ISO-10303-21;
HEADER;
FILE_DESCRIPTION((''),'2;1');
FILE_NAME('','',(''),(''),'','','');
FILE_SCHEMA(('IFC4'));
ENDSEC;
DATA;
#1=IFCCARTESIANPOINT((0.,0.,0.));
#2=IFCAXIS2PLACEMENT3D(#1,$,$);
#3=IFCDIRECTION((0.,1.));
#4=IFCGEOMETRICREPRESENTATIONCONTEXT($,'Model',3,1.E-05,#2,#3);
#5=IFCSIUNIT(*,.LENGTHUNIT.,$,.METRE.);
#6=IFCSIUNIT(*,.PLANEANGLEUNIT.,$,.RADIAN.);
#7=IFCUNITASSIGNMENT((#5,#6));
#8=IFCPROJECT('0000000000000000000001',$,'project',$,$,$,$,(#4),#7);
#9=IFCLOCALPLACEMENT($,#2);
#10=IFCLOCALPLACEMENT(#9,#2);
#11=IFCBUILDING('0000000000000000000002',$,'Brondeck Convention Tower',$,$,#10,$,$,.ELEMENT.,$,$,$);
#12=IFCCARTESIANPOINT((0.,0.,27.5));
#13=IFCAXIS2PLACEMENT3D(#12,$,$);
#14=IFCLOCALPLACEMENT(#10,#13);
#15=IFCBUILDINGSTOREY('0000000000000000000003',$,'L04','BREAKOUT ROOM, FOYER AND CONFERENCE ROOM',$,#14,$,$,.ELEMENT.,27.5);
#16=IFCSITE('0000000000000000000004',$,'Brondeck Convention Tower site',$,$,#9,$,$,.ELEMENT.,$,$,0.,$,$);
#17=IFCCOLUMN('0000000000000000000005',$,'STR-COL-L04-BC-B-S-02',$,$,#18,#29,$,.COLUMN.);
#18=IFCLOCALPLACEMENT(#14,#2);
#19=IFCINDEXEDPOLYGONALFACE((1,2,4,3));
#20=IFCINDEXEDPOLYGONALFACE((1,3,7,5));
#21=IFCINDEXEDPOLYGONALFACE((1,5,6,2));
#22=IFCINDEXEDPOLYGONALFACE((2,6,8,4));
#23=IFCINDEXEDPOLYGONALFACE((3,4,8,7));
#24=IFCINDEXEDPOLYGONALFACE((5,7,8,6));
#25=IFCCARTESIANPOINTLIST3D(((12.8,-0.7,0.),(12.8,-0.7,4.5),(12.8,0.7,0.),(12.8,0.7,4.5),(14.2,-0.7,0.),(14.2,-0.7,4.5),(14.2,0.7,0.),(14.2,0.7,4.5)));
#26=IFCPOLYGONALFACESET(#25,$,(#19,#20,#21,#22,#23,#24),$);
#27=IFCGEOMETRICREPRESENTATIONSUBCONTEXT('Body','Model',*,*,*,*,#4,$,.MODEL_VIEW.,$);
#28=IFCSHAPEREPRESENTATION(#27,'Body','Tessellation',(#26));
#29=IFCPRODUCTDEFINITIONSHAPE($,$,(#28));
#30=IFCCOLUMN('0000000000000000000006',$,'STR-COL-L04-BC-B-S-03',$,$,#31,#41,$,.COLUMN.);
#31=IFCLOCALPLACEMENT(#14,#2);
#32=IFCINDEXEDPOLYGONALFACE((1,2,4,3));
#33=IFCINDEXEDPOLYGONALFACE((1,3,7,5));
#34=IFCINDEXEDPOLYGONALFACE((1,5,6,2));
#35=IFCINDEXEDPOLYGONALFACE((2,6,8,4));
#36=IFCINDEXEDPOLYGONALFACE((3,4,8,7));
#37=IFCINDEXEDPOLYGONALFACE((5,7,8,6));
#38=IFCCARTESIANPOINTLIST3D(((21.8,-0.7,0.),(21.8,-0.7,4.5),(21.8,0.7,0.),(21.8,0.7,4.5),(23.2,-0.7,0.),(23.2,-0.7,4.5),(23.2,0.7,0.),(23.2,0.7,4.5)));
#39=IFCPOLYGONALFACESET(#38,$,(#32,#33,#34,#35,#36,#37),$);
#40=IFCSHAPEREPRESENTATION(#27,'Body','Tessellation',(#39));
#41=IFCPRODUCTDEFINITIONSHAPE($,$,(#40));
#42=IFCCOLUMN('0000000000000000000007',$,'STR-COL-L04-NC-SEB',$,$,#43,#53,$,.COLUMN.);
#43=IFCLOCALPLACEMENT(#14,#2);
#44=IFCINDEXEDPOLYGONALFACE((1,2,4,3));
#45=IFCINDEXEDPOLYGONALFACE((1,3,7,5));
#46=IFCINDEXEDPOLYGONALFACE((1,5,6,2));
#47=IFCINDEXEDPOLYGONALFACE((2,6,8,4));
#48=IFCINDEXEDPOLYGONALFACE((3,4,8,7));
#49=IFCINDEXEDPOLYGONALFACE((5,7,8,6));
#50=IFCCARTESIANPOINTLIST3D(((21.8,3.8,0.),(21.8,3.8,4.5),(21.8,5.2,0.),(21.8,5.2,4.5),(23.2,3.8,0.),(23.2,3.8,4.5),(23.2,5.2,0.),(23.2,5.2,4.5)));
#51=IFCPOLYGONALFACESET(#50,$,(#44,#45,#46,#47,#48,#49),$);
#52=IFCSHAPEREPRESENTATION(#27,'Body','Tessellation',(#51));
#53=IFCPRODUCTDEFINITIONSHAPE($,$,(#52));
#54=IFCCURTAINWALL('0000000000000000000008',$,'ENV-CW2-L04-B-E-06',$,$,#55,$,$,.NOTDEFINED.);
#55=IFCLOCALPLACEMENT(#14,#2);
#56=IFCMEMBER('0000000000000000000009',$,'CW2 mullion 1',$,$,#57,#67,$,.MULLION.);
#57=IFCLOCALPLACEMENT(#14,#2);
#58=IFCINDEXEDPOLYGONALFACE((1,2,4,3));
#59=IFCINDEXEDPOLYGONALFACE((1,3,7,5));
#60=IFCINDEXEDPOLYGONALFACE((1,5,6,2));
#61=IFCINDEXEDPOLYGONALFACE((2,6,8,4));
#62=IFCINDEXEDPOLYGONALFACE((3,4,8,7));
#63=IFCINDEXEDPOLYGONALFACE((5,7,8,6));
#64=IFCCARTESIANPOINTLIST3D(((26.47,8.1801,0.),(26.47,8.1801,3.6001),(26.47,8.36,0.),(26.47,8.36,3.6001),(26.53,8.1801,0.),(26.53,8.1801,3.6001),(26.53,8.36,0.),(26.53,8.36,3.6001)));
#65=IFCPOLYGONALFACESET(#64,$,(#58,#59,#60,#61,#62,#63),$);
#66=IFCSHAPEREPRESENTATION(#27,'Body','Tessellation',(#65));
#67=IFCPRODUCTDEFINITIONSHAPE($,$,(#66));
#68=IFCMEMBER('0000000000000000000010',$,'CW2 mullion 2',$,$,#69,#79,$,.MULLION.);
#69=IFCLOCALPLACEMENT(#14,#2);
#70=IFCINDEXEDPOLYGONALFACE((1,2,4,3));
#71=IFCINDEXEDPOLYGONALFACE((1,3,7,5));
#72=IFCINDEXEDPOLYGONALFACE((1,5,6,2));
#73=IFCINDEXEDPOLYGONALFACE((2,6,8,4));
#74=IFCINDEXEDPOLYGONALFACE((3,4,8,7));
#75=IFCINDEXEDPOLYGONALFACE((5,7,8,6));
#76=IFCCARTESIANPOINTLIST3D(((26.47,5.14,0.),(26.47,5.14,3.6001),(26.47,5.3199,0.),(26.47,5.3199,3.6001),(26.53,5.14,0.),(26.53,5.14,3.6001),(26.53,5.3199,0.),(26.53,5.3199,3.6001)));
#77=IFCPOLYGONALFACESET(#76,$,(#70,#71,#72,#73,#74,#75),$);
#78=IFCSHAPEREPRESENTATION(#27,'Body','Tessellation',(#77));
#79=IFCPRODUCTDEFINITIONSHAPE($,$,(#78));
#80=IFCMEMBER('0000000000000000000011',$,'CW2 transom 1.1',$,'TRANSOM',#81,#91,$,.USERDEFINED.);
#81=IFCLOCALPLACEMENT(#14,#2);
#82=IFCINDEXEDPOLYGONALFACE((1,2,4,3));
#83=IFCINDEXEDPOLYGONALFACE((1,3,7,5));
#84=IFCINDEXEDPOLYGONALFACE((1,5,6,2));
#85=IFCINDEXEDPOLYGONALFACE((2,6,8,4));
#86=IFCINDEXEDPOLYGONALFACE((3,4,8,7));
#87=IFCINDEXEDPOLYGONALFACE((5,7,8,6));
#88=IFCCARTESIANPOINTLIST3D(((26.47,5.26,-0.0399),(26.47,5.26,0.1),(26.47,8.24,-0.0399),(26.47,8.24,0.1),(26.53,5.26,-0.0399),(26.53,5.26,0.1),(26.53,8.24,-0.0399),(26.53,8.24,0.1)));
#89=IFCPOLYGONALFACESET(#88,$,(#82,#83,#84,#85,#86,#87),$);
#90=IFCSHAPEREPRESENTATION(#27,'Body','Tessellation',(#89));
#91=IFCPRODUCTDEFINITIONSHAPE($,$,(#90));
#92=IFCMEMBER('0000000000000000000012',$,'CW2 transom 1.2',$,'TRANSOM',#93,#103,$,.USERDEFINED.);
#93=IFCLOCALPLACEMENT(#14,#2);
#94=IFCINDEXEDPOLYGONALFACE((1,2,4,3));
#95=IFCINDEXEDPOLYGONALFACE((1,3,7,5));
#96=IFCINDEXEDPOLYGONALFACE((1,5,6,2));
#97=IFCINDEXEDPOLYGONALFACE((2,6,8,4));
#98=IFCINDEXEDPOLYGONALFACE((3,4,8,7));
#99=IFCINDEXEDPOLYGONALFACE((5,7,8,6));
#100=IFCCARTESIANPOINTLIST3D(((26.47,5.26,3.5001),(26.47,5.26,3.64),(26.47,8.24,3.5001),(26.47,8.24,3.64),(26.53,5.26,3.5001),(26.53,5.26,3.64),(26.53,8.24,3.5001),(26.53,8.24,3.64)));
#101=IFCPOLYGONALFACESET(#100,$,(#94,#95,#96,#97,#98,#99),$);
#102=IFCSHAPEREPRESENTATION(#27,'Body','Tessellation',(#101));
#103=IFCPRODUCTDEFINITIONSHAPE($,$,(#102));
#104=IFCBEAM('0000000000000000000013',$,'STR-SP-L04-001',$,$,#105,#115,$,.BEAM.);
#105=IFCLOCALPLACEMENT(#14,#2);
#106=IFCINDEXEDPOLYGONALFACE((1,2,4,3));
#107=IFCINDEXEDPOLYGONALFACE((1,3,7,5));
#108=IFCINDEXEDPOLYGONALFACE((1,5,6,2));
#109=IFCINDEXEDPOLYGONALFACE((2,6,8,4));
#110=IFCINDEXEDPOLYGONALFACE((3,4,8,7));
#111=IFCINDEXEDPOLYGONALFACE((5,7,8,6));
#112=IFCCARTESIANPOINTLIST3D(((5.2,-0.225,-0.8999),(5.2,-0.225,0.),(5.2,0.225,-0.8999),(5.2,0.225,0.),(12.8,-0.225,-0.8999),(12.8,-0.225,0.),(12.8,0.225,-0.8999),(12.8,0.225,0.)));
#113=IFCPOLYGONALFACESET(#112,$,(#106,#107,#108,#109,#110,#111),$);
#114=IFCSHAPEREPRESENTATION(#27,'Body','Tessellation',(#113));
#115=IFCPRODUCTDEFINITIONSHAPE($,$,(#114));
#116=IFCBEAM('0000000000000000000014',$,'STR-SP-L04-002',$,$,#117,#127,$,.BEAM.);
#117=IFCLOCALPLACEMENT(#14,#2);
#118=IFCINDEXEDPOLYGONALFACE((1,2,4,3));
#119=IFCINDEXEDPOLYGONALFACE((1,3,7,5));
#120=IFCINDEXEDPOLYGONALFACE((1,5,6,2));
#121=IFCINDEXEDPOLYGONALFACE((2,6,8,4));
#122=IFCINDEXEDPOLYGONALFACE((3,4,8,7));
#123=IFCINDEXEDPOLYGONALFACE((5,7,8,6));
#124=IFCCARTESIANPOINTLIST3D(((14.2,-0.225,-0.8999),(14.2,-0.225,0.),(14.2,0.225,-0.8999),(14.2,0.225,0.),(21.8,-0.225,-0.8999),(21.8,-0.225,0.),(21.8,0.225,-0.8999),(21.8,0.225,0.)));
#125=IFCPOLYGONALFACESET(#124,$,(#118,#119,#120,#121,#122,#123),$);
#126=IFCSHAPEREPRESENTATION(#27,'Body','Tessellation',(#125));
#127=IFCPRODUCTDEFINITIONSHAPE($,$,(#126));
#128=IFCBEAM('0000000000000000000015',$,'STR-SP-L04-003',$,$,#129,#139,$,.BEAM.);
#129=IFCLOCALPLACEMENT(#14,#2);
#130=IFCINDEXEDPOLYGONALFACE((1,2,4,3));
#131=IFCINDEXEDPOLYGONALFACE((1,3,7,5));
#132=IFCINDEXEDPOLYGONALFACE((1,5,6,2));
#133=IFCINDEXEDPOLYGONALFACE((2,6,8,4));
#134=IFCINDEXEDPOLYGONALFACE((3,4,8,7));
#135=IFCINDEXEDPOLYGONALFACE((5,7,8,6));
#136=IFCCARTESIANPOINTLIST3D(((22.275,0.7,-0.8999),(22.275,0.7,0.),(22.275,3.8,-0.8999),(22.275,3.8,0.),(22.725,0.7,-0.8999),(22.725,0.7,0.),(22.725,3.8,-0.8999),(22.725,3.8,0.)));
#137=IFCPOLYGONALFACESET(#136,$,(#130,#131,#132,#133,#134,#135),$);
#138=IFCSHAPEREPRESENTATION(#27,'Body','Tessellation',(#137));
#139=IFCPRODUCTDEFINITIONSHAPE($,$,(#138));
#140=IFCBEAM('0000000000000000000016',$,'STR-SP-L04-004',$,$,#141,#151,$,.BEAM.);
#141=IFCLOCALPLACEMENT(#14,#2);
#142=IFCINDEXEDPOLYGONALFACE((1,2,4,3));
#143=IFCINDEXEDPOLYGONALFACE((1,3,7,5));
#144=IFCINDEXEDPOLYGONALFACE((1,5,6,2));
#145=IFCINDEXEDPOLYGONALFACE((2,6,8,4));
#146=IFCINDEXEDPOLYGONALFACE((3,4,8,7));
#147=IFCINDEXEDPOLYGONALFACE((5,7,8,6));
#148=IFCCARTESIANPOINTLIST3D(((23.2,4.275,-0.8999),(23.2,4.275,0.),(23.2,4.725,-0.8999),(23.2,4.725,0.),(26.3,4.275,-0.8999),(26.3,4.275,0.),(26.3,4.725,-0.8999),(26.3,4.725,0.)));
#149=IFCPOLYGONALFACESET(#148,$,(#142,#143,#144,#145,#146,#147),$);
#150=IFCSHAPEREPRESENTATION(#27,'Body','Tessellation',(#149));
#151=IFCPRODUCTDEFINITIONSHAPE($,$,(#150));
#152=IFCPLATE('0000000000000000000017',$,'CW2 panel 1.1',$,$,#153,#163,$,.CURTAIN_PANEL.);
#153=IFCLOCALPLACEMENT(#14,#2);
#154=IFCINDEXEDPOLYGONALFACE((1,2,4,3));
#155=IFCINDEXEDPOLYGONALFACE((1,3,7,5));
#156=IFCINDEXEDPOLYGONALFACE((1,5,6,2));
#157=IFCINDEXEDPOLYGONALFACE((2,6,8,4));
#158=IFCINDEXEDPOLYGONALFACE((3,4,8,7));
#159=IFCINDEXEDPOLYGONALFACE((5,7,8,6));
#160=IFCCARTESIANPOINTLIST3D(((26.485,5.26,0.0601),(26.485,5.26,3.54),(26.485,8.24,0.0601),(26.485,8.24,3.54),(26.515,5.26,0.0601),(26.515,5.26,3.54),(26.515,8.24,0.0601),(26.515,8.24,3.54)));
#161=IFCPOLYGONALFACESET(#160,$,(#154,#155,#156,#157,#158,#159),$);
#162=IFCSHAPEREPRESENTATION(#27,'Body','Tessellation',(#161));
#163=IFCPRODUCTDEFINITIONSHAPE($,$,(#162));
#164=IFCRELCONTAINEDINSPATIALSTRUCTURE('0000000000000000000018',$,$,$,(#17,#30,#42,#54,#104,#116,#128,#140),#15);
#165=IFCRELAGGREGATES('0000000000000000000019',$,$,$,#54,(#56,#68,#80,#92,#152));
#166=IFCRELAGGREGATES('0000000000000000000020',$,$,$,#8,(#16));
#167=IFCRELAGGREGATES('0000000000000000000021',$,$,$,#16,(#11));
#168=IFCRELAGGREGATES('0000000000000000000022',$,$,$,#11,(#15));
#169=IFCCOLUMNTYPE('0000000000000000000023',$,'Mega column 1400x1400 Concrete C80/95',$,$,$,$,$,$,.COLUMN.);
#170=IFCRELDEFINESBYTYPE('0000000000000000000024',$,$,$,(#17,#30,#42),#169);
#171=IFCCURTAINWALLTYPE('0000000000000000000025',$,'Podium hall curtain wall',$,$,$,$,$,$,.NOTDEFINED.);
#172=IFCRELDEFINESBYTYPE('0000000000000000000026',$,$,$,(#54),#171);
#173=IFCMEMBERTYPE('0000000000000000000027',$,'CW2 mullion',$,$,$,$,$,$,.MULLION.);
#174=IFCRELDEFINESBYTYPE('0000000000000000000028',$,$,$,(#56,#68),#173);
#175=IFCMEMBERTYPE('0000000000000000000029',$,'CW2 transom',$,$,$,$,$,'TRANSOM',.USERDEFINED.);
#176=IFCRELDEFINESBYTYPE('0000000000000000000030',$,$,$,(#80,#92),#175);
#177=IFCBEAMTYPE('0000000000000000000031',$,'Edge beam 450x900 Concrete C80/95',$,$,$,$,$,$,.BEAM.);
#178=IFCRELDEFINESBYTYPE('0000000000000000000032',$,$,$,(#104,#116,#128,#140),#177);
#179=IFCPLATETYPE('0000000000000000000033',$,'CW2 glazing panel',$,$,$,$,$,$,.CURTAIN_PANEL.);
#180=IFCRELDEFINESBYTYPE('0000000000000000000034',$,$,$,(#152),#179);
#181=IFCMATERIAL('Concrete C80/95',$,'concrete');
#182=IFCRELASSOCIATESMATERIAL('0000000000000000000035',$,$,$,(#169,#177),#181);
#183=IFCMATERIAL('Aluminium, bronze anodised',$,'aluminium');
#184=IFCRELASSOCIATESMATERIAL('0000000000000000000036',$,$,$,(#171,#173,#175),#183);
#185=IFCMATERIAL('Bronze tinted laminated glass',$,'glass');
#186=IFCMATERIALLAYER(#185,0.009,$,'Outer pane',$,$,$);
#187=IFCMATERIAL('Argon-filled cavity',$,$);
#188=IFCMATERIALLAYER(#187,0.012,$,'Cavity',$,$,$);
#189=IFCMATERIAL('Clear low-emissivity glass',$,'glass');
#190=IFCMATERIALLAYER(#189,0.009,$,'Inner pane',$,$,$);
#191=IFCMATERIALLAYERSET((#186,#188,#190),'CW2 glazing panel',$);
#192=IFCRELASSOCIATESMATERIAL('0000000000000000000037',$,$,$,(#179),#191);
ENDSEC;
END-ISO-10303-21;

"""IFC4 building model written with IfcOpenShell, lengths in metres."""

from ifc_helpers import new_model, si_unit, direction, frame, origin, origin_2d, place, context, subcontext, project, spatial, rectangle, extrude, material, layer, layer_set, material_profile, profile_set, type_object, element, aggregate, save


model = new_model("IFC4")

# Units and contexts
model_context = context("Model", 3, precision=1e-05, world=origin(), true_north=direction((0.0, 1.0)))
body_context = subcontext(model_context, "Body", "Model", "MODEL_VIEW")
ifc_project = project(units=[si_unit("LENGTHUNIT", "METRE"), si_unit("PLANEANGLEUNIT", "RADIAN")], contexts=[model_context])

# Site, building, storey
site_placement = place(None, origin())
site = spatial("IfcSite", under=ifc_project, at=site_placement, Name="Brondeck Convention Tower site", CompositionType="ELEMENT", RefElevation=0.0)
building_placement = place(site_placement, origin())
building = spatial("IfcBuilding", under=site, at=building_placement, Name="Brondeck Convention Tower", CompositionType="ELEMENT")
storey_placement = place(building_placement, frame((0.0, 0.0, 27.5)))
storey = spatial("IfcBuildingStorey", under=building, at=storey_placement, Name="L04", Description="BREAKOUT ROOM, FOYER AND CONFERENCE ROOM", CompositionType="ELEMENT", Elevation=27.5)

# Columns
ifc_material_1 = material(Name="Concrete C80/95", Category="concrete")
ifc_material_profile_1 = material_profile(ifc_material_1, rectangle(XDim=1.3999, YDim=1.3999, at=origin_2d()), Name="Mega column 1400x1400 Concrete C80/95")
ifc_profile_set_1 = profile_set([ifc_material_profile_1], Name="Concrete C80/95")
column_type = type_object("IfcColumnType", Name="Mega column 1400x1400 Concrete C80/95", PredefinedType="COLUMN", material=ifc_profile_set_1)
for number, where, z_axis, x_axis, name in (
    (1, (13.5, 0.0, 0.0), (0.0, 0.0, 1.0), (1.0, 0.0, 0.0), "STR-COL-L04-BC-B-S-02"),
    (2, (22.5, 0.0, 0.0), (0.0, 0.0, 1.0), (1.0, 0.0, 0.0), "STR-COL-L04-BC-B-S-03"),
    (3, (22.5, 4.5, 0.0), (0.0, 0.0, 1.0), (1.0, 0.0, 0.0), "STR-COL-L04-NC-SEB"),
):
    element("IfcColumn", number, at=place(storey_placement, frame(where, z_axis=z_axis, x_axis=x_axis)), inside=storey, type_object=column_type, Name=name, PredefinedType="COLUMN", context=body_context, shape_type="SweptSolid", body=[
        extrude(rectangle(XDim=1.3999, YDim=1.3999, at=origin_2d()), origin(), (0.0, 0.0, 1.0), 4.5),
    ])

# Curtain wall, members
ifc_material_2 = material(Name="Aluminium, bronze anodised", Category="aluminium")
curtain_wall_type = type_object("IfcCurtainWallType", Name="Podium hall curtain wall", PredefinedType="NOTDEFINED", material=ifc_material_2)
curtain_wall_placement = place(storey_placement, origin())
curtain_wall = element("IfcCurtainWall", 4, at=curtain_wall_placement, inside=storey, type_object=curtain_wall_type, Name="ENV-CW2-L04-B-E-06", PredefinedType="NOTDEFINED")
ifc_material_profile_2 = material_profile(ifc_material_2, rectangle(XDim=0.0601, YDim=0.1799, at=origin_2d()), Name="CW2 mullion")
ifc_profile_set_2 = profile_set([ifc_material_profile_2], Name="Aluminium, bronze anodised")
member_type_1 = type_object("IfcMemberType", Name="CW2 mullion", PredefinedType="MULLION", material=ifc_profile_set_2)
member_1_placement = place(storey_placement, frame((26.5, 8.27, 0.0), z_axis=(0.0, 0.0, 1.0), x_axis=(1.0, 0.0, 0.0)))
member_1 = element("IfcMember", 5, at=member_1_placement, type_object=member_type_1, Name="CW2 mullion 1", PredefinedType="MULLION", context=body_context, shape_type="SweptSolid", body=[
    extrude(rectangle(XDim=0.0601, YDim=0.1799, at=origin_2d()), origin(), (0.0, 0.0, 1.0), 3.6001),
])
member_2_placement = place(storey_placement, frame((26.5, 5.23, 0.0), z_axis=(0.0, 0.0, 1.0), x_axis=(1.0, 0.0, 0.0)))
member_2 = element("IfcMember", 6, at=member_2_placement, type_object=member_type_1, Name="CW2 mullion 2", PredefinedType="MULLION", context=body_context, shape_type="SweptSolid", body=[
    extrude(rectangle(XDim=0.0601, YDim=0.1799, at=origin_2d()), origin(), (0.0, 0.0, 1.0), 3.6001),
])
ifc_material_profile_3 = material_profile(ifc_material_2, rectangle(XDim=0.0601, YDim=0.1399, at=origin_2d()), Name="CW2 transom")
ifc_profile_set_3 = profile_set([ifc_material_profile_3], Name="Aluminium, bronze anodised")
member_type_2 = type_object("IfcMemberType", Name="CW2 transom", ElementType="TRANSOM", PredefinedType="USERDEFINED", material=ifc_profile_set_3)
member_3_placement = place(storey_placement, frame((26.5, 8.24, 0.03), z_axis=(0.0, -1.0, 0.0), x_axis=(1.0, 0.0, 0.0)))
member_3 = element("IfcMember", 7, at=member_3_placement, type_object=member_type_2, Name="CW2 transom 1.1", ObjectType="TRANSOM", PredefinedType="USERDEFINED", context=body_context, shape_type="SweptSolid", body=[
    extrude(rectangle(XDim=0.0601, YDim=0.1399, at=origin_2d()), origin(), (0.0, 0.0, 1.0), 2.98),
])
member_4_placement = place(storey_placement, frame((26.5, 8.24, 3.5701), z_axis=(0.0, -1.0, 0.0), x_axis=(1.0, 0.0, 0.0)))
member_4 = element("IfcMember", 8, at=member_4_placement, type_object=member_type_2, Name="CW2 transom 1.2", ObjectType="TRANSOM", PredefinedType="USERDEFINED", context=body_context, shape_type="SweptSolid", body=[
    extrude(rectangle(XDim=0.0601, YDim=0.1399, at=origin_2d()), origin(), (0.0, 0.0, 1.0), 2.98),
])

# Beams
ifc_material_profile_4 = material_profile(ifc_material_1, rectangle(XDim=0.45, YDim=0.8999, at=origin_2d()), Name="Edge beam 450x900 Concrete C80/95")
ifc_profile_set_4 = profile_set([ifc_material_profile_4], Name="Concrete C80/95")
beam_type = type_object("IfcBeamType", Name="Edge beam 450x900 Concrete C80/95", PredefinedType="BEAM", material=ifc_profile_set_4)
for number, where, z_axis, x_axis, name in (
    (9, (5.2, 0.0, -0.45), (1.0, 0.0, 0.0), (0.0, 1.0, 0.0), "STR-SP-L04-001"),
    (10, (14.2, 0.0, -0.45), (1.0, 0.0, 0.0), (0.0, 1.0, 0.0), "STR-SP-L04-002"),
):
    element("IfcBeam", number, at=place(storey_placement, frame(where, z_axis=z_axis, x_axis=x_axis)), inside=storey, type_object=beam_type, Name=name, PredefinedType="BEAM", context=body_context, shape_type="SweptSolid", body=[
        extrude(rectangle(XDim=0.45, YDim=0.8999, at=origin_2d()), origin(), (0.0, 0.0, 1.0), 7.6001),
    ])
for number, where, z_axis, x_axis, name in (
    (11, (22.5, 0.7, -0.45), (0.0, 1.0, 0.0), (-1.0, 0.0, 0.0), "STR-SP-L04-003"),
    (12, (23.2, 4.5, -0.45), (1.0, 0.0, 0.0), (0.0, 1.0, 0.0), "STR-SP-L04-004"),
):
    element("IfcBeam", number, at=place(storey_placement, frame(where, z_axis=z_axis, x_axis=x_axis)), inside=storey, type_object=beam_type, Name=name, PredefinedType="BEAM", context=body_context, shape_type="SweptSolid", body=[
        extrude(rectangle(XDim=0.45, YDim=0.8999, at=origin_2d()), origin(), (0.0, 0.0, 1.0), 3.1001),
    ])

# Plate
ifc_material_3 = material(Name="Bronze tinted laminated glass", Category="glass")
ifc_layer_1 = layer(ifc_material_3, 0.009, Name="Outer pane")
ifc_material_4 = material(Name="Argon-filled cavity")
ifc_layer_2 = layer(ifc_material_4, 0.012, Name="Cavity")
ifc_material_5 = material(Name="Clear low-emissivity glass", Category="glass")
ifc_layer_3 = layer(ifc_material_5, 0.009, Name="Inner pane")
ifc_layer_set_1 = layer_set([ifc_layer_1, ifc_layer_2, ifc_layer_3], Name="CW2 glazing panel")
plate_type = type_object("IfcPlateType", Name="CW2 glazing panel", PredefinedType="CURTAIN_PANEL", material=ifc_layer_set_1)
plate_placement = place(storey_placement, frame((26.5, 6.75, 0.0601), z_axis=(0.0, 0.0, 1.0), x_axis=(0.0, -1.0, 0.0)))
plate = element("IfcPlate", 13, at=plate_placement, type_object=plate_type, Name="CW2 panel 1.1", PredefinedType="CURTAIN_PANEL", context=body_context, shape_type="SweptSolid", body=[
    extrude(rectangle(XDim=2.98, YDim=0.03, at=origin_2d()), origin(), (0.0, 0.0, 1.0), 3.48),
])
aggregate(curtain_wall, [member_1, member_2, member_3, member_4, plate])

save(model, "model.ifc")
